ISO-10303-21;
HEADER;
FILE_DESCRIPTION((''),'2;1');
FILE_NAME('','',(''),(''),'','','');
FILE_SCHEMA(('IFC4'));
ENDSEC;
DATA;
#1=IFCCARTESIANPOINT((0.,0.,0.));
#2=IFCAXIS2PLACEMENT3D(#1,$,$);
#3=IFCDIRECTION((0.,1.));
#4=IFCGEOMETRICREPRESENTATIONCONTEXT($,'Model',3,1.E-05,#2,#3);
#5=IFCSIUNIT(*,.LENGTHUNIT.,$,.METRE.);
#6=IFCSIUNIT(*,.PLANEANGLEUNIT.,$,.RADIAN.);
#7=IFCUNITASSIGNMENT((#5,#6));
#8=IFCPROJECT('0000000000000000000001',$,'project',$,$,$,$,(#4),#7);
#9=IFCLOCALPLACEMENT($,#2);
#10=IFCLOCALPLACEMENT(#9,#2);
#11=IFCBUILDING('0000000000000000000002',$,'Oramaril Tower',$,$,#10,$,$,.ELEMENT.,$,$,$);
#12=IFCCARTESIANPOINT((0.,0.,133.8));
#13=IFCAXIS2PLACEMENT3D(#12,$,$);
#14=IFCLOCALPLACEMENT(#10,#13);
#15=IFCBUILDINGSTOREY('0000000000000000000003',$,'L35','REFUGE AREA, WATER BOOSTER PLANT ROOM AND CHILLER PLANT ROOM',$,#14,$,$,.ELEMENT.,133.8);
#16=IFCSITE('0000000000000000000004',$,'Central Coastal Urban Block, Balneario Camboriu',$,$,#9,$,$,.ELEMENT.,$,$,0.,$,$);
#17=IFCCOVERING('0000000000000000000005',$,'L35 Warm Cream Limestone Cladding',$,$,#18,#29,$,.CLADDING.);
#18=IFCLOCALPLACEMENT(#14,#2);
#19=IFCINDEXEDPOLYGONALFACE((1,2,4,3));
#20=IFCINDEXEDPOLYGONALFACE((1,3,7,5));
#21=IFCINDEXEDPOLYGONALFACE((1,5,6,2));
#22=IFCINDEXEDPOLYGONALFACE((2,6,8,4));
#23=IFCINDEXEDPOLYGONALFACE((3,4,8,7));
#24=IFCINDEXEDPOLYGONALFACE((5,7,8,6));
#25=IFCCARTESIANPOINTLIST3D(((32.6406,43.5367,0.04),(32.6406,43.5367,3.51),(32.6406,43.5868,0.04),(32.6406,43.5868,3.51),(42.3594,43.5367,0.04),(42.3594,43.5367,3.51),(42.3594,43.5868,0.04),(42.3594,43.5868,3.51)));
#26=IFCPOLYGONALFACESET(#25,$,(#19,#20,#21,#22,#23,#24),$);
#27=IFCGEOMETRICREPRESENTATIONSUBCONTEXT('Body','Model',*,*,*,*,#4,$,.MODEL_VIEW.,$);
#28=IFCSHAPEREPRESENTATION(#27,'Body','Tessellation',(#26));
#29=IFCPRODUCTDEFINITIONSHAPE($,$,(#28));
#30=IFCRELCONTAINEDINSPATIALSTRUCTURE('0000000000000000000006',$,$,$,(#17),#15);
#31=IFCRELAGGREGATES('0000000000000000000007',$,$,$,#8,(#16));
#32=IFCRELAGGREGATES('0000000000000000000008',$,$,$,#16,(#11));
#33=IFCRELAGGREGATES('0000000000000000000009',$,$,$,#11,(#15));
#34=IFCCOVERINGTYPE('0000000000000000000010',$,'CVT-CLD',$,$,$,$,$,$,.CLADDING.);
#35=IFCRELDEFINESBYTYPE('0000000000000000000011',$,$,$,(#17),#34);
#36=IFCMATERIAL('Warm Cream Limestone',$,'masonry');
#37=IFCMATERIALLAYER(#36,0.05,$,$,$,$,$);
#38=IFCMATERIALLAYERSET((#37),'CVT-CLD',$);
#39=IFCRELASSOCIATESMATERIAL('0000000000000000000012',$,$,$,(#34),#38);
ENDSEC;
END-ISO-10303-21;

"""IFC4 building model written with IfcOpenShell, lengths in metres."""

from ifc_helpers import new_model, si_unit, direction, frame, origin, origin_2d, place, context, subcontext, project, spatial, rectangle, extrude, material, layer, layer_set, type_object, element, save


model = new_model("IFC4")

# Units and contexts
model_context = context("Model", 3, precision=1e-05, world=origin(), true_north=direction((0.0, 1.0)))
body_context = subcontext(model_context, "Body", "Model", "MODEL_VIEW")
ifc_project = project(units=[si_unit("LENGTHUNIT", "METRE"), si_unit("PLANEANGLEUNIT", "RADIAN")], contexts=[model_context])

# Site, building, storey
site_placement = place(None, origin())
site = spatial("IfcSite", under=ifc_project, at=site_placement, Name="Central Coastal Urban Block, Balneario Camboriu", CompositionType="ELEMENT", RefElevation=0.0)
building_placement = place(site_placement, origin())
building = spatial("IfcBuilding", under=site, at=building_placement, Name="Oramaril Tower", CompositionType="ELEMENT")
storey_placement = place(building_placement, frame((0.0, 0.0, 133.8)))
storey = spatial("IfcBuildingStorey", under=building, at=storey_placement, Name="L35", Description="REFUGE AREA, WATER BOOSTER PLANT ROOM AND CHILLER PLANT ROOM", CompositionType="ELEMENT", Elevation=133.8)

# Covering
ifc_material_1 = material(Name="Warm Cream Limestone", Category="masonry")
ifc_layer_1 = layer(ifc_material_1, 0.05)
ifc_layer_set_1 = layer_set([ifc_layer_1], Name="CVT-CLD")
covering_type = type_object("IfcCoveringType", Name="CVT-CLD", PredefinedType="CLADDING", material=ifc_layer_set_1)
covering_1_placement = place(storey_placement, frame((37.5, 43.5618, 0.04), z_axis=(0.0, 0.0, 1.0), x_axis=(-1.0, 0.0, 0.0)))
element("IfcCovering", 1, at=covering_1_placement, inside=storey, type_object=covering_type, Name="L35 Warm Cream Limestone Cladding", PredefinedType="CLADDING", context=body_context, shape_type="SweptSolid", body=[
    extrude(rectangle(XDim=9.7188, YDim=0.05, at=origin_2d()), origin(), (0.0, 0.0, 1.0), 3.47),
])

save(model, "model.ifc")
